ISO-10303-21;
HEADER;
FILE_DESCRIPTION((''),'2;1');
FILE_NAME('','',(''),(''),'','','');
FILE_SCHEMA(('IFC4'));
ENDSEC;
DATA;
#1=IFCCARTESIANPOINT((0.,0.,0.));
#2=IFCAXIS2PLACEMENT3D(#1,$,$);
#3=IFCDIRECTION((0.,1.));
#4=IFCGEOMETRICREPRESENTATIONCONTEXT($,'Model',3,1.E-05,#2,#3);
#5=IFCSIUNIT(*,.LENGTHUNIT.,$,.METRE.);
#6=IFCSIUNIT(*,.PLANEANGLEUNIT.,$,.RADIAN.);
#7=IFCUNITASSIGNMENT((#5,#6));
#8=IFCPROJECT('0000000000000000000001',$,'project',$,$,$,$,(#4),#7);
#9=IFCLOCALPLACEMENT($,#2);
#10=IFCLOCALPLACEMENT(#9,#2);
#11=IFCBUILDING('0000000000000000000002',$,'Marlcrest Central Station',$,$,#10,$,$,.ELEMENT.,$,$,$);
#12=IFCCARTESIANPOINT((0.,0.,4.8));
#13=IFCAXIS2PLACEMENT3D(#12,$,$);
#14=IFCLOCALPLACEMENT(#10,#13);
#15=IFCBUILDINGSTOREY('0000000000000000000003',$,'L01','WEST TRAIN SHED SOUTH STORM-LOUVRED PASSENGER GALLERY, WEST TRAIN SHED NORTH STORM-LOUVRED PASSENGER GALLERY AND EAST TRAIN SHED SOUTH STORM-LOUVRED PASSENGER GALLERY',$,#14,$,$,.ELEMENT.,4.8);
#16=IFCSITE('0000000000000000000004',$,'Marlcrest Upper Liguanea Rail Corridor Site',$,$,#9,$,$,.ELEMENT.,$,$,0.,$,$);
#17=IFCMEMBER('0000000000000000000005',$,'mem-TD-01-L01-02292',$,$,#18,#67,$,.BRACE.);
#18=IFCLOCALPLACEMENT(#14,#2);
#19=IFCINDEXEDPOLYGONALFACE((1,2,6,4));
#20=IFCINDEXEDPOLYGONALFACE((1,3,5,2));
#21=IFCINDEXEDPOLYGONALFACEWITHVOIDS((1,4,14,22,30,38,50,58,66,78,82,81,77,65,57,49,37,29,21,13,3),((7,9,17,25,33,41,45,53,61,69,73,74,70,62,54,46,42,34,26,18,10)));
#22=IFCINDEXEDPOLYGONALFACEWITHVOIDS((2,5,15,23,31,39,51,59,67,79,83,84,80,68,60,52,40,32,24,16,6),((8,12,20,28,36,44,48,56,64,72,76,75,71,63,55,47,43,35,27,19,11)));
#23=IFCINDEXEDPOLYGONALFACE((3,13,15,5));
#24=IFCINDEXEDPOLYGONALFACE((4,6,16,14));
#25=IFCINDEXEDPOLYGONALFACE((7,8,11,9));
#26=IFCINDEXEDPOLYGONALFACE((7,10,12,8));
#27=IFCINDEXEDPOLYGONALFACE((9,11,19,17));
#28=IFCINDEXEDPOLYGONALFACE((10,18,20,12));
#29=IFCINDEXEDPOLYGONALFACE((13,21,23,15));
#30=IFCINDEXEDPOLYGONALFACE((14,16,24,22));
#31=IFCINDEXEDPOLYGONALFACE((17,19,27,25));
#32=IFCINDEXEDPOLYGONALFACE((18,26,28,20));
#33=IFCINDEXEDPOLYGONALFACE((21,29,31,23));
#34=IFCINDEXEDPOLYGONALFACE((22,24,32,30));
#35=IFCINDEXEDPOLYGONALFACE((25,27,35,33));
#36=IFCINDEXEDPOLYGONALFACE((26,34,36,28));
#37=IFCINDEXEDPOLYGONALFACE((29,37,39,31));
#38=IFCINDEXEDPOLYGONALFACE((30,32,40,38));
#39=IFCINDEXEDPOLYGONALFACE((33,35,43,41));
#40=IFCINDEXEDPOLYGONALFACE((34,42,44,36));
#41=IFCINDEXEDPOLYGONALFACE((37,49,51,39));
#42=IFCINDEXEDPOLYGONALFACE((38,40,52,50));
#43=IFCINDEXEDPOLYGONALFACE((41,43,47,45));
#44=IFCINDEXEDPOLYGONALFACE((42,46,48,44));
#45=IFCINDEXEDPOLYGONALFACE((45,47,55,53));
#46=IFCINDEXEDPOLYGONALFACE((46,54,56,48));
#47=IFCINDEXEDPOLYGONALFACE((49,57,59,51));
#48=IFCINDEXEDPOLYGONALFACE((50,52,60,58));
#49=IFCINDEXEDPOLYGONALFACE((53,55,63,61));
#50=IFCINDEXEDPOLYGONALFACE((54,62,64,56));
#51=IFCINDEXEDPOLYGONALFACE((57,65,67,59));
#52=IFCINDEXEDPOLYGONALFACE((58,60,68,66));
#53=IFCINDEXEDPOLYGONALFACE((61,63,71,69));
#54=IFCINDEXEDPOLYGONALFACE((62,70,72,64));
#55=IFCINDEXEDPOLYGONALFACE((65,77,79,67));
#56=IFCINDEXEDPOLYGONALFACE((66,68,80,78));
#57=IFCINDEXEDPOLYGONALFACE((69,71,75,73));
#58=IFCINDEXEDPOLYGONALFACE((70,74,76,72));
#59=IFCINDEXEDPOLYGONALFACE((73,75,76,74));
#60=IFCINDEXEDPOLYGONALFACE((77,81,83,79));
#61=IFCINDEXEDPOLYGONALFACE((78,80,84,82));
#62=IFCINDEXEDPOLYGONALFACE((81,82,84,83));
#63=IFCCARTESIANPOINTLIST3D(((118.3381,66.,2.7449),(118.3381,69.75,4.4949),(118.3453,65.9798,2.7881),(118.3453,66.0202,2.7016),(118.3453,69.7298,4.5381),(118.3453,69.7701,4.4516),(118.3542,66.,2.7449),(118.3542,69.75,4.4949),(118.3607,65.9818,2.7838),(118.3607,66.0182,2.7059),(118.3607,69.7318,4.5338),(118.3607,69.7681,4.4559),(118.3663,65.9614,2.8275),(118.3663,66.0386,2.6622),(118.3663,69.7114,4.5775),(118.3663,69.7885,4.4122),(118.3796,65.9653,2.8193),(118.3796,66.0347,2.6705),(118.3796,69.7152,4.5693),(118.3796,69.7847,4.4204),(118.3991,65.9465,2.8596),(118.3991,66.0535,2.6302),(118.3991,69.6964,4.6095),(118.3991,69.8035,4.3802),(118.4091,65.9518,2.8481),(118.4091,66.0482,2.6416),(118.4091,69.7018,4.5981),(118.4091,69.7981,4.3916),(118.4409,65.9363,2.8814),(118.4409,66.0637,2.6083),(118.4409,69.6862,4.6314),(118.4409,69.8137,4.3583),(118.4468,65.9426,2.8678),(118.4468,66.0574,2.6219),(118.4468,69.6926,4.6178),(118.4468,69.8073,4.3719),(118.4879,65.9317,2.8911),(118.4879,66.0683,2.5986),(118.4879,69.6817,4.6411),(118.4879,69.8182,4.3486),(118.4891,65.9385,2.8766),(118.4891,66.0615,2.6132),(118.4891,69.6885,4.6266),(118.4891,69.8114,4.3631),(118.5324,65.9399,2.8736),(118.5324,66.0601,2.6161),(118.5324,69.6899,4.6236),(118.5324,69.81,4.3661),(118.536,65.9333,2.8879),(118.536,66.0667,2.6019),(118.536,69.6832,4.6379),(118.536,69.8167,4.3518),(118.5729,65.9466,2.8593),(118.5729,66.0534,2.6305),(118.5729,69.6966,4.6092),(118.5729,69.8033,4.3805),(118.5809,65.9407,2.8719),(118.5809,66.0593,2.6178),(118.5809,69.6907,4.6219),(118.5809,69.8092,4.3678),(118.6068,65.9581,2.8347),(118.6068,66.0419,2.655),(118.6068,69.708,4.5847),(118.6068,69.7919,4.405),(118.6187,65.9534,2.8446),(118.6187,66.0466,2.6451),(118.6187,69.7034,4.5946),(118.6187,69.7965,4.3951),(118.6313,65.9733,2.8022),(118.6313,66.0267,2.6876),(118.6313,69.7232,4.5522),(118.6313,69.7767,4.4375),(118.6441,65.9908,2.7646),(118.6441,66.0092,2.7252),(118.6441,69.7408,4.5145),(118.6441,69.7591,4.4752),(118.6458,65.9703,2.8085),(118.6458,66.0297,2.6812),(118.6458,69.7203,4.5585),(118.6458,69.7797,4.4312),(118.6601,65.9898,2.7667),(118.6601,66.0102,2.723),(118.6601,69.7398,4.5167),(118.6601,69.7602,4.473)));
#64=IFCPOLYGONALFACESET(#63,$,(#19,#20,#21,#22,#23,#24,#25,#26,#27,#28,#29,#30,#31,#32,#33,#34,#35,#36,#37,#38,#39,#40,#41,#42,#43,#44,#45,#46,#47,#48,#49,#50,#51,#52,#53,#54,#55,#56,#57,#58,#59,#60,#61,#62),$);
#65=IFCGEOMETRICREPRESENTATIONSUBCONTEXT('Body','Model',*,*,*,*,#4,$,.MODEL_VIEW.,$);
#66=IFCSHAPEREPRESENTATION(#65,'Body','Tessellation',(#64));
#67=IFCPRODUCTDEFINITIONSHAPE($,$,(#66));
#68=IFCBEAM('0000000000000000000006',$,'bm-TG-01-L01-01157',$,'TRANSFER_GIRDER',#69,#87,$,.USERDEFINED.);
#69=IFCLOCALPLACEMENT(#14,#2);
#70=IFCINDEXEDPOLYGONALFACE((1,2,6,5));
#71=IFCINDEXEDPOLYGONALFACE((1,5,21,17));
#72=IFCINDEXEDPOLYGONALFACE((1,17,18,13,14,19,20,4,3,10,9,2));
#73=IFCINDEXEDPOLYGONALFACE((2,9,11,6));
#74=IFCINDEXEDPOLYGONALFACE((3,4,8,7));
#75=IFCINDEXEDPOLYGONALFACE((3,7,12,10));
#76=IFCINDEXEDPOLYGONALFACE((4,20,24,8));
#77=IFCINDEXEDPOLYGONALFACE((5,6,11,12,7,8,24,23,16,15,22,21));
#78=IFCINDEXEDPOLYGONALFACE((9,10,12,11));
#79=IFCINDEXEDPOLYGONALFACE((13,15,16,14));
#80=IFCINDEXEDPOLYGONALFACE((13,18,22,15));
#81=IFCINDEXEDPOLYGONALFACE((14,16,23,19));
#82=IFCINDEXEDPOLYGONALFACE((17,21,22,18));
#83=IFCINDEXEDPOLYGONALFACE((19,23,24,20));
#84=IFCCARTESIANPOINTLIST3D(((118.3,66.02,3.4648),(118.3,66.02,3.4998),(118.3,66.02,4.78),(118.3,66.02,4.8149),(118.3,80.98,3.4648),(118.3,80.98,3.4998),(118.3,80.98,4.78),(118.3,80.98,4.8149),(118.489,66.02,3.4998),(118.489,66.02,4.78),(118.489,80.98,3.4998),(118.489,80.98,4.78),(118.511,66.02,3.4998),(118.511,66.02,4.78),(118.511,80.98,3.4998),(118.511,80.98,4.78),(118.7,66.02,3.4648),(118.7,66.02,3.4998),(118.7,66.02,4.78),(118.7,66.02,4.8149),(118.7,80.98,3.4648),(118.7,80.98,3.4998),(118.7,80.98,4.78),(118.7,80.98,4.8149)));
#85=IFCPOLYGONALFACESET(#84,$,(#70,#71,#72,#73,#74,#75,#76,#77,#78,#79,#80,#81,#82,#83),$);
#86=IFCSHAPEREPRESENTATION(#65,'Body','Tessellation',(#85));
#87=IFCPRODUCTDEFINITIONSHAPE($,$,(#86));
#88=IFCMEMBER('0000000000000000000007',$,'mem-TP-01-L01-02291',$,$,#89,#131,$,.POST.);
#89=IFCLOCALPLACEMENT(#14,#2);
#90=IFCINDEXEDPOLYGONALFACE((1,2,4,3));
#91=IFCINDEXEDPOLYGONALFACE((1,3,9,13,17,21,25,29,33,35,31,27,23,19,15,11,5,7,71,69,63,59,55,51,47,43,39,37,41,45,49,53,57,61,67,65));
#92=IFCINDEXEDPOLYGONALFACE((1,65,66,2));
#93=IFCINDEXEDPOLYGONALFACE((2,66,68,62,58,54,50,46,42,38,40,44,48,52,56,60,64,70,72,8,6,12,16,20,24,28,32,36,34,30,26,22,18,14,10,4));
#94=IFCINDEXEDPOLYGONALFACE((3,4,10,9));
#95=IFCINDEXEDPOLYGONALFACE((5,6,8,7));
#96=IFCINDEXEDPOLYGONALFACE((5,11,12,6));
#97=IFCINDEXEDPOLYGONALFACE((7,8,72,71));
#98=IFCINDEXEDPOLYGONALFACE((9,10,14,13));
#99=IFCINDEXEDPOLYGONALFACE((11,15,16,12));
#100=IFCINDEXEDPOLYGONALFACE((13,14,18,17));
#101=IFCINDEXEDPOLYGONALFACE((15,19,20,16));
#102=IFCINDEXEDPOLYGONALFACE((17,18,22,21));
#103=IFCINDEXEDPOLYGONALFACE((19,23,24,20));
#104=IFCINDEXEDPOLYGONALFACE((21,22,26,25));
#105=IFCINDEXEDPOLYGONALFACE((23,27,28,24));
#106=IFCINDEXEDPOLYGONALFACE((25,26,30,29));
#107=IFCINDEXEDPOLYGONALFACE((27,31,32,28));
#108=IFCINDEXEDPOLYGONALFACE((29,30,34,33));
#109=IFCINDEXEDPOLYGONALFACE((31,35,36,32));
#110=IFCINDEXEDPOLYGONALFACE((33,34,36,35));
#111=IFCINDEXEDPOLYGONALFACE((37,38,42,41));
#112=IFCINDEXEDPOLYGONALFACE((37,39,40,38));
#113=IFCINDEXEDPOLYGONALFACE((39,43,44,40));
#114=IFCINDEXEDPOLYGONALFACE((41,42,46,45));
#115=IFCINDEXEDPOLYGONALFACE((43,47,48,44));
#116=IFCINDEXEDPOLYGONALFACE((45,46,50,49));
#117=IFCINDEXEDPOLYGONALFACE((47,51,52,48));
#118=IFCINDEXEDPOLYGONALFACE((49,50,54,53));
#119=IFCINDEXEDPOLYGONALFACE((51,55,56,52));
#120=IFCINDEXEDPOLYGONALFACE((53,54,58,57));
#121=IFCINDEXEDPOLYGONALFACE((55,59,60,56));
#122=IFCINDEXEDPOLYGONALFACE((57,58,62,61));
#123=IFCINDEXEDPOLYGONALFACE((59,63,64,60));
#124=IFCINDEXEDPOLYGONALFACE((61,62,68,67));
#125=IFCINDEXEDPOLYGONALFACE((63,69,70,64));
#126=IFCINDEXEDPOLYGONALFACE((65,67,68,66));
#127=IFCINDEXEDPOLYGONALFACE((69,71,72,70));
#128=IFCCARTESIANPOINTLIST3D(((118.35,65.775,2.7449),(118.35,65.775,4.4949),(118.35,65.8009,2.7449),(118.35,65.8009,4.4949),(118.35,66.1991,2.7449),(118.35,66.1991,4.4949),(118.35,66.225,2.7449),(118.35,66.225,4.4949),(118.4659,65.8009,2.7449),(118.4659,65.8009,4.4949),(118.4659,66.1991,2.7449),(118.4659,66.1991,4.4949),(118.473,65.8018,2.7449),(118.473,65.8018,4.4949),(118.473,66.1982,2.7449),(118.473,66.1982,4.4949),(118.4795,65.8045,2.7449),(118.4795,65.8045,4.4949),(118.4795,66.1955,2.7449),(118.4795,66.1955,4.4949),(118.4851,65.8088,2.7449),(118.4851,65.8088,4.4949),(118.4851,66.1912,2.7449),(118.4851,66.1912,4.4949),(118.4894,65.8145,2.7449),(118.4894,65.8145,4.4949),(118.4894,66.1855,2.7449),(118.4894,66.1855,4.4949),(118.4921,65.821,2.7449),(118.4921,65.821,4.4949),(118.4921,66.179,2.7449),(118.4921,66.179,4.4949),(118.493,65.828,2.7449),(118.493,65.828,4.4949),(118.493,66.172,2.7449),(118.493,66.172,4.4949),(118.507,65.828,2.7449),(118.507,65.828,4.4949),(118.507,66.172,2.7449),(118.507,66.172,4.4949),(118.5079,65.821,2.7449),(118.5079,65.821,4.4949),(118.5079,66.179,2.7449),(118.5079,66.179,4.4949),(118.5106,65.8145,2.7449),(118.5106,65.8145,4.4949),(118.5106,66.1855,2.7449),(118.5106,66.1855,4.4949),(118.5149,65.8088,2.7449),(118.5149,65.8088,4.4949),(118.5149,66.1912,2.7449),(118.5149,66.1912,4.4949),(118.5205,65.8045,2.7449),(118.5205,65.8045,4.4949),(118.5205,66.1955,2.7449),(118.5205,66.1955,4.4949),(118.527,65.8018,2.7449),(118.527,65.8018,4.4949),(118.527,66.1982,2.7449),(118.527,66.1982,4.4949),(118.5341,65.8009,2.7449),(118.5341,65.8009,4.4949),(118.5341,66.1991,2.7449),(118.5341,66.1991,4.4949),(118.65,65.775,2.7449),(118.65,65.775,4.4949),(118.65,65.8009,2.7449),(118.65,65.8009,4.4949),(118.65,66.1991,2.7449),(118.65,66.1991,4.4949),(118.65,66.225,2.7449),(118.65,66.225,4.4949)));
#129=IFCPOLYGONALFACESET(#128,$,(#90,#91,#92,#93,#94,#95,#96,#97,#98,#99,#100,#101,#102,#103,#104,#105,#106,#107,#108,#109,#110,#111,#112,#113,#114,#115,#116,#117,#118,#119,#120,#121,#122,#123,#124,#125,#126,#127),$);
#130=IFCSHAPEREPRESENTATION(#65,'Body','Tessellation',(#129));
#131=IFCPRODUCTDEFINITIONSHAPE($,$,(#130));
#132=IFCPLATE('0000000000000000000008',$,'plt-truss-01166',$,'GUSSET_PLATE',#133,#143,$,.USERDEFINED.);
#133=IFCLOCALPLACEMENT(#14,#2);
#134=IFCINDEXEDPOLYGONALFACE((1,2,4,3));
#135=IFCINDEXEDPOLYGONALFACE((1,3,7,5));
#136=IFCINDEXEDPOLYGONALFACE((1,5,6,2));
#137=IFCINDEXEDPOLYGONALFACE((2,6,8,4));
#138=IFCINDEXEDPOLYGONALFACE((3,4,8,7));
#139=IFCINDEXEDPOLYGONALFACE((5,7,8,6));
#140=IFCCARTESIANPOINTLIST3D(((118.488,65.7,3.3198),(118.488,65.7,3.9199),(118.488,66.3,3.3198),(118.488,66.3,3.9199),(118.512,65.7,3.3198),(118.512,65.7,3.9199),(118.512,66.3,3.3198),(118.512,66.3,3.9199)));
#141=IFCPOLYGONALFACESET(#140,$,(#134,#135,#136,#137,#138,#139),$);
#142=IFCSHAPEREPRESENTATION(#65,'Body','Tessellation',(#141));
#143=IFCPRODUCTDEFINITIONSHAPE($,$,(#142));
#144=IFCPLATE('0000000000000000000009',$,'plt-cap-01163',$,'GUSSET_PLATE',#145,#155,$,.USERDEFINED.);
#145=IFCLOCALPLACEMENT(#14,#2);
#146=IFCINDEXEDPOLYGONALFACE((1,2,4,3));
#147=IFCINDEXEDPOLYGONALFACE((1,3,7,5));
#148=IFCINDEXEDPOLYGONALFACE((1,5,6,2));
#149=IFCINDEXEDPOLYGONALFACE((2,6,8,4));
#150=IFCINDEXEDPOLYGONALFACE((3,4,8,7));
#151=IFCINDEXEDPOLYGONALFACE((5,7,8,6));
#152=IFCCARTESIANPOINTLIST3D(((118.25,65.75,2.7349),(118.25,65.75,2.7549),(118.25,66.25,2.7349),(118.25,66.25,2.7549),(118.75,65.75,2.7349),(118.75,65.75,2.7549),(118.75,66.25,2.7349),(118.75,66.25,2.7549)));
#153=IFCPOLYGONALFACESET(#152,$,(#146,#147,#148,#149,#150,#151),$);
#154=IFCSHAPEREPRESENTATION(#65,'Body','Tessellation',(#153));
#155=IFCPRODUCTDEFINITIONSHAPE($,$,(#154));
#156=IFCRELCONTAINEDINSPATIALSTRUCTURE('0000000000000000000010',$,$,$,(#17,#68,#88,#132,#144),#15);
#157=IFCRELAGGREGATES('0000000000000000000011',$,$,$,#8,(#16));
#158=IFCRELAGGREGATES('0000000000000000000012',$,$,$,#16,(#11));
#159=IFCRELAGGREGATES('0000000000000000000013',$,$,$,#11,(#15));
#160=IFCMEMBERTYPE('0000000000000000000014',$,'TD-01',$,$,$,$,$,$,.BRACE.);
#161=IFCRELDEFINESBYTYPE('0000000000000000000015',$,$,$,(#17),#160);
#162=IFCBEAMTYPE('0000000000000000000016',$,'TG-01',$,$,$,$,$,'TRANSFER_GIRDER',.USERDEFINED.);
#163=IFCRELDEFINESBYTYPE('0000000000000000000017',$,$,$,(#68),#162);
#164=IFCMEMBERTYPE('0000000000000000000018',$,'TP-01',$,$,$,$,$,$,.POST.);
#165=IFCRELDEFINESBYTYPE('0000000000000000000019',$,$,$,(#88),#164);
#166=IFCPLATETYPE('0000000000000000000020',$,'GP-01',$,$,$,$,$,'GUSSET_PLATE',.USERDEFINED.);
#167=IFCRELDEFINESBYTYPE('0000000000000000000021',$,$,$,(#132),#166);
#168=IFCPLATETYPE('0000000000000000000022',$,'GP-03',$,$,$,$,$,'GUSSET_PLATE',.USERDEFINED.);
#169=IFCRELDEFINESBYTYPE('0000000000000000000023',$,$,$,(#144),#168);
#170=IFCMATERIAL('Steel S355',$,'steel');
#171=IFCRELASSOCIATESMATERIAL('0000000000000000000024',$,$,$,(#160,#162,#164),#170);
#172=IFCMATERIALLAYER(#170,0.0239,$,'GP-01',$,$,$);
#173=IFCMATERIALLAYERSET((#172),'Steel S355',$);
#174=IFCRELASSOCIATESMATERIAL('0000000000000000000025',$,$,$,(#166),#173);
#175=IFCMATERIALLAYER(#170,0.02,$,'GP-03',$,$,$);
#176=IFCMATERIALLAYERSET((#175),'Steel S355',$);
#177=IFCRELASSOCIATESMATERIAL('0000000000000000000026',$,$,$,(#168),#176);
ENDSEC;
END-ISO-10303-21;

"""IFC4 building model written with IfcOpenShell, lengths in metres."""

from ifc_helpers import new_model, si_unit, direction, frame, origin, origin_2d, place, context, subcontext, project, spatial, rectangle, hollow_circle, i_section, extrude, material, layer, layer_set, material_profile, profile_set, type_object, element, save


model = new_model("IFC4")

# Units and contexts
model_context = context("Model", 3, precision=1e-05, world=origin(), true_north=direction((0.0, 1.0)))
body_context = subcontext(model_context, "Body", "Model", "MODEL_VIEW")
ifc_project = project(units=[si_unit("LENGTHUNIT", "METRE"), si_unit("PLANEANGLEUNIT", "RADIAN")], contexts=[model_context])

# Site, building, storey
site_placement = place(None, origin())
site = spatial("IfcSite", under=ifc_project, at=site_placement, Name="Marlcrest Upper Liguanea Rail Corridor Site", CompositionType="ELEMENT", RefElevation=0.0)
building_placement = place(site_placement, origin())
building = spatial("IfcBuilding", under=site, at=building_placement, Name="Marlcrest Central Station", CompositionType="ELEMENT")
storey_placement = place(building_placement, frame((0.0, 0.0, 4.8)))
storey = spatial("IfcBuildingStorey", under=building, at=storey_placement, Name="L01", Description="WEST TRAIN SHED SOUTH STORM-LOUVRED PASSENGER GALLERY, WEST TRAIN SHED NORTH STORM-LOUVRED PASSENGER GALLERY AND EAST TRAIN SHED SOUTH STORM-LOUVRED PASSENGER GALLERY", CompositionType="ELEMENT", Elevation=4.8)

# Shared definitions
ifc_material_1 = material(Name="Steel S355", Category="steel")

# Member
ifc_material_profile_1 = material_profile(ifc_material_1, hollow_circle(Radius=0.1619, WallThickness=0.0161, at=origin_2d()), Name="CHS 323.9x16")
ifc_profile_set_1 = profile_set([ifc_material_profile_1], Name="Steel S355")
member_type_1 = type_object("IfcMemberType", Name="TD-01", PredefinedType="BRACE", material=ifc_profile_set_1)
member_1_placement = place(storey_placement, frame((118.5, 66.0, 2.7449), z_axis=(0.0, 0.906183, 0.422885), x_axis=(-1.0, 0.0, 0.0)))
element("IfcMember", 1, at=member_1_placement, inside=storey, type_object=member_type_1, Name="mem-TD-01-L01-02292", PredefinedType="BRACE", context=body_context, shape_type="SweptSolid", body=[
    extrude(hollow_circle(Radius=0.1619, WallThickness=0.0161, at=origin_2d()), origin(), (0.0, 0.0, 1.0), 4.1382),
])

# Beam
ifc_material_profile_2 = material_profile(ifc_material_1, i_section(OverallWidth=0.3999, OverallDepth=1.3501, WebThickness=0.022, FlangeThickness=0.0349, at=origin_2d()), Name="PG 1350x400")
ifc_profile_set_2 = profile_set([ifc_material_profile_2], Name="Steel S355")
beam_type_1 = type_object("IfcBeamType", Name="TG-01", ElementType="TRANSFER_GIRDER", PredefinedType="USERDEFINED", material=ifc_profile_set_2)
beam_1_placement = place(storey_placement, frame((118.5, 66.02, 4.1399), z_axis=(0.0, 1.0, 0.0), x_axis=(-1.0, 0.0, 0.0)))
element("IfcBeam", 2, at=beam_1_placement, inside=storey, type_object=beam_type_1, Name="bm-TG-01-L01-01157", ObjectType="TRANSFER_GIRDER", PredefinedType="USERDEFINED", context=body_context, shape_type="SweptSolid", body=[
    extrude(i_section(OverallWidth=0.3999, OverallDepth=1.3501, WebThickness=0.022, FlangeThickness=0.0349, at=origin_2d()), origin(), (0.0, 0.0, 1.0), 14.96),
])

# Member
ifc_material_profile_3 = material_profile(ifc_material_1, i_section(OverallWidth=0.3, OverallDepth=0.45, WebThickness=0.0139, FlangeThickness=0.0259, FilletRadius=0.0271, at=origin_2d()), Name="HEB 450")
ifc_profile_set_3 = profile_set([ifc_material_profile_3], Name="Steel S355")
member_type_2 = type_object("IfcMemberType", Name="TP-01", PredefinedType="POST", material=ifc_profile_set_3)
member_2_placement = place(storey_placement, frame((118.5, 66.0, 2.7449), z_axis=(0.0, 0.0, 1.0), x_axis=(1.0, 0.0, 0.0)))
element("IfcMember", 3, at=member_2_placement, inside=storey, type_object=member_type_2, Name="mem-TP-01-L01-02291", PredefinedType="POST", context=body_context, shape_type="SweptSolid", body=[
    extrude(i_section(OverallWidth=0.3, OverallDepth=0.45, WebThickness=0.0139, FlangeThickness=0.0259, FilletRadius=0.0271, at=origin_2d()), origin(), (0.0, 0.0, 1.0), 1.75),
])

# Plates
ifc_layer_1 = layer(ifc_material_1, 0.0239, Name="GP-01")
ifc_layer_set_1 = layer_set([ifc_layer_1], Name="Steel S355")
plate_type_1 = type_object("IfcPlateType", Name="GP-01", ElementType="GUSSET_PLATE", PredefinedType="USERDEFINED", material=ifc_layer_set_1)
plate_1_placement = place(storey_placement, frame((118.5, 66.0, 3.3198), z_axis=(0.0, 0.0, 1.0), x_axis=(1.0, 0.0, 0.0)))
element("IfcPlate", 4, at=plate_1_placement, inside=storey, type_object=plate_type_1, Name="plt-truss-01166", ObjectType="GUSSET_PLATE", PredefinedType="USERDEFINED", context=body_context, shape_type="SweptSolid", body=[
    extrude(rectangle(XDim=0.0239, YDim=0.6001, at=origin_2d()), origin(), (0.0, 0.0, 1.0), 0.6001),
])
ifc_layer_2 = layer(ifc_material_1, 0.02, Name="GP-03")
ifc_layer_set_2 = layer_set([ifc_layer_2], Name="Steel S355")
plate_type_2 = type_object("IfcPlateType", Name="GP-03", ElementType="GUSSET_PLATE", PredefinedType="USERDEFINED", material=ifc_layer_set_2)
plate_2_placement = place(storey_placement, frame((118.5, 66.0, 2.7349), z_axis=(0.0, 0.0, 1.0), x_axis=(1.0, 0.0, 0.0)))
element("IfcPlate", 5, at=plate_2_placement, inside=storey, type_object=plate_type_2, Name="plt-cap-01163", ObjectType="GUSSET_PLATE", PredefinedType="USERDEFINED", context=body_context, shape_type="SweptSolid", body=[
    extrude(rectangle(XDim=0.5, YDim=0.5, at=origin_2d()), origin(), (0.0, 0.0, 1.0), 0.02),
])

save(model, "model.ifc")
